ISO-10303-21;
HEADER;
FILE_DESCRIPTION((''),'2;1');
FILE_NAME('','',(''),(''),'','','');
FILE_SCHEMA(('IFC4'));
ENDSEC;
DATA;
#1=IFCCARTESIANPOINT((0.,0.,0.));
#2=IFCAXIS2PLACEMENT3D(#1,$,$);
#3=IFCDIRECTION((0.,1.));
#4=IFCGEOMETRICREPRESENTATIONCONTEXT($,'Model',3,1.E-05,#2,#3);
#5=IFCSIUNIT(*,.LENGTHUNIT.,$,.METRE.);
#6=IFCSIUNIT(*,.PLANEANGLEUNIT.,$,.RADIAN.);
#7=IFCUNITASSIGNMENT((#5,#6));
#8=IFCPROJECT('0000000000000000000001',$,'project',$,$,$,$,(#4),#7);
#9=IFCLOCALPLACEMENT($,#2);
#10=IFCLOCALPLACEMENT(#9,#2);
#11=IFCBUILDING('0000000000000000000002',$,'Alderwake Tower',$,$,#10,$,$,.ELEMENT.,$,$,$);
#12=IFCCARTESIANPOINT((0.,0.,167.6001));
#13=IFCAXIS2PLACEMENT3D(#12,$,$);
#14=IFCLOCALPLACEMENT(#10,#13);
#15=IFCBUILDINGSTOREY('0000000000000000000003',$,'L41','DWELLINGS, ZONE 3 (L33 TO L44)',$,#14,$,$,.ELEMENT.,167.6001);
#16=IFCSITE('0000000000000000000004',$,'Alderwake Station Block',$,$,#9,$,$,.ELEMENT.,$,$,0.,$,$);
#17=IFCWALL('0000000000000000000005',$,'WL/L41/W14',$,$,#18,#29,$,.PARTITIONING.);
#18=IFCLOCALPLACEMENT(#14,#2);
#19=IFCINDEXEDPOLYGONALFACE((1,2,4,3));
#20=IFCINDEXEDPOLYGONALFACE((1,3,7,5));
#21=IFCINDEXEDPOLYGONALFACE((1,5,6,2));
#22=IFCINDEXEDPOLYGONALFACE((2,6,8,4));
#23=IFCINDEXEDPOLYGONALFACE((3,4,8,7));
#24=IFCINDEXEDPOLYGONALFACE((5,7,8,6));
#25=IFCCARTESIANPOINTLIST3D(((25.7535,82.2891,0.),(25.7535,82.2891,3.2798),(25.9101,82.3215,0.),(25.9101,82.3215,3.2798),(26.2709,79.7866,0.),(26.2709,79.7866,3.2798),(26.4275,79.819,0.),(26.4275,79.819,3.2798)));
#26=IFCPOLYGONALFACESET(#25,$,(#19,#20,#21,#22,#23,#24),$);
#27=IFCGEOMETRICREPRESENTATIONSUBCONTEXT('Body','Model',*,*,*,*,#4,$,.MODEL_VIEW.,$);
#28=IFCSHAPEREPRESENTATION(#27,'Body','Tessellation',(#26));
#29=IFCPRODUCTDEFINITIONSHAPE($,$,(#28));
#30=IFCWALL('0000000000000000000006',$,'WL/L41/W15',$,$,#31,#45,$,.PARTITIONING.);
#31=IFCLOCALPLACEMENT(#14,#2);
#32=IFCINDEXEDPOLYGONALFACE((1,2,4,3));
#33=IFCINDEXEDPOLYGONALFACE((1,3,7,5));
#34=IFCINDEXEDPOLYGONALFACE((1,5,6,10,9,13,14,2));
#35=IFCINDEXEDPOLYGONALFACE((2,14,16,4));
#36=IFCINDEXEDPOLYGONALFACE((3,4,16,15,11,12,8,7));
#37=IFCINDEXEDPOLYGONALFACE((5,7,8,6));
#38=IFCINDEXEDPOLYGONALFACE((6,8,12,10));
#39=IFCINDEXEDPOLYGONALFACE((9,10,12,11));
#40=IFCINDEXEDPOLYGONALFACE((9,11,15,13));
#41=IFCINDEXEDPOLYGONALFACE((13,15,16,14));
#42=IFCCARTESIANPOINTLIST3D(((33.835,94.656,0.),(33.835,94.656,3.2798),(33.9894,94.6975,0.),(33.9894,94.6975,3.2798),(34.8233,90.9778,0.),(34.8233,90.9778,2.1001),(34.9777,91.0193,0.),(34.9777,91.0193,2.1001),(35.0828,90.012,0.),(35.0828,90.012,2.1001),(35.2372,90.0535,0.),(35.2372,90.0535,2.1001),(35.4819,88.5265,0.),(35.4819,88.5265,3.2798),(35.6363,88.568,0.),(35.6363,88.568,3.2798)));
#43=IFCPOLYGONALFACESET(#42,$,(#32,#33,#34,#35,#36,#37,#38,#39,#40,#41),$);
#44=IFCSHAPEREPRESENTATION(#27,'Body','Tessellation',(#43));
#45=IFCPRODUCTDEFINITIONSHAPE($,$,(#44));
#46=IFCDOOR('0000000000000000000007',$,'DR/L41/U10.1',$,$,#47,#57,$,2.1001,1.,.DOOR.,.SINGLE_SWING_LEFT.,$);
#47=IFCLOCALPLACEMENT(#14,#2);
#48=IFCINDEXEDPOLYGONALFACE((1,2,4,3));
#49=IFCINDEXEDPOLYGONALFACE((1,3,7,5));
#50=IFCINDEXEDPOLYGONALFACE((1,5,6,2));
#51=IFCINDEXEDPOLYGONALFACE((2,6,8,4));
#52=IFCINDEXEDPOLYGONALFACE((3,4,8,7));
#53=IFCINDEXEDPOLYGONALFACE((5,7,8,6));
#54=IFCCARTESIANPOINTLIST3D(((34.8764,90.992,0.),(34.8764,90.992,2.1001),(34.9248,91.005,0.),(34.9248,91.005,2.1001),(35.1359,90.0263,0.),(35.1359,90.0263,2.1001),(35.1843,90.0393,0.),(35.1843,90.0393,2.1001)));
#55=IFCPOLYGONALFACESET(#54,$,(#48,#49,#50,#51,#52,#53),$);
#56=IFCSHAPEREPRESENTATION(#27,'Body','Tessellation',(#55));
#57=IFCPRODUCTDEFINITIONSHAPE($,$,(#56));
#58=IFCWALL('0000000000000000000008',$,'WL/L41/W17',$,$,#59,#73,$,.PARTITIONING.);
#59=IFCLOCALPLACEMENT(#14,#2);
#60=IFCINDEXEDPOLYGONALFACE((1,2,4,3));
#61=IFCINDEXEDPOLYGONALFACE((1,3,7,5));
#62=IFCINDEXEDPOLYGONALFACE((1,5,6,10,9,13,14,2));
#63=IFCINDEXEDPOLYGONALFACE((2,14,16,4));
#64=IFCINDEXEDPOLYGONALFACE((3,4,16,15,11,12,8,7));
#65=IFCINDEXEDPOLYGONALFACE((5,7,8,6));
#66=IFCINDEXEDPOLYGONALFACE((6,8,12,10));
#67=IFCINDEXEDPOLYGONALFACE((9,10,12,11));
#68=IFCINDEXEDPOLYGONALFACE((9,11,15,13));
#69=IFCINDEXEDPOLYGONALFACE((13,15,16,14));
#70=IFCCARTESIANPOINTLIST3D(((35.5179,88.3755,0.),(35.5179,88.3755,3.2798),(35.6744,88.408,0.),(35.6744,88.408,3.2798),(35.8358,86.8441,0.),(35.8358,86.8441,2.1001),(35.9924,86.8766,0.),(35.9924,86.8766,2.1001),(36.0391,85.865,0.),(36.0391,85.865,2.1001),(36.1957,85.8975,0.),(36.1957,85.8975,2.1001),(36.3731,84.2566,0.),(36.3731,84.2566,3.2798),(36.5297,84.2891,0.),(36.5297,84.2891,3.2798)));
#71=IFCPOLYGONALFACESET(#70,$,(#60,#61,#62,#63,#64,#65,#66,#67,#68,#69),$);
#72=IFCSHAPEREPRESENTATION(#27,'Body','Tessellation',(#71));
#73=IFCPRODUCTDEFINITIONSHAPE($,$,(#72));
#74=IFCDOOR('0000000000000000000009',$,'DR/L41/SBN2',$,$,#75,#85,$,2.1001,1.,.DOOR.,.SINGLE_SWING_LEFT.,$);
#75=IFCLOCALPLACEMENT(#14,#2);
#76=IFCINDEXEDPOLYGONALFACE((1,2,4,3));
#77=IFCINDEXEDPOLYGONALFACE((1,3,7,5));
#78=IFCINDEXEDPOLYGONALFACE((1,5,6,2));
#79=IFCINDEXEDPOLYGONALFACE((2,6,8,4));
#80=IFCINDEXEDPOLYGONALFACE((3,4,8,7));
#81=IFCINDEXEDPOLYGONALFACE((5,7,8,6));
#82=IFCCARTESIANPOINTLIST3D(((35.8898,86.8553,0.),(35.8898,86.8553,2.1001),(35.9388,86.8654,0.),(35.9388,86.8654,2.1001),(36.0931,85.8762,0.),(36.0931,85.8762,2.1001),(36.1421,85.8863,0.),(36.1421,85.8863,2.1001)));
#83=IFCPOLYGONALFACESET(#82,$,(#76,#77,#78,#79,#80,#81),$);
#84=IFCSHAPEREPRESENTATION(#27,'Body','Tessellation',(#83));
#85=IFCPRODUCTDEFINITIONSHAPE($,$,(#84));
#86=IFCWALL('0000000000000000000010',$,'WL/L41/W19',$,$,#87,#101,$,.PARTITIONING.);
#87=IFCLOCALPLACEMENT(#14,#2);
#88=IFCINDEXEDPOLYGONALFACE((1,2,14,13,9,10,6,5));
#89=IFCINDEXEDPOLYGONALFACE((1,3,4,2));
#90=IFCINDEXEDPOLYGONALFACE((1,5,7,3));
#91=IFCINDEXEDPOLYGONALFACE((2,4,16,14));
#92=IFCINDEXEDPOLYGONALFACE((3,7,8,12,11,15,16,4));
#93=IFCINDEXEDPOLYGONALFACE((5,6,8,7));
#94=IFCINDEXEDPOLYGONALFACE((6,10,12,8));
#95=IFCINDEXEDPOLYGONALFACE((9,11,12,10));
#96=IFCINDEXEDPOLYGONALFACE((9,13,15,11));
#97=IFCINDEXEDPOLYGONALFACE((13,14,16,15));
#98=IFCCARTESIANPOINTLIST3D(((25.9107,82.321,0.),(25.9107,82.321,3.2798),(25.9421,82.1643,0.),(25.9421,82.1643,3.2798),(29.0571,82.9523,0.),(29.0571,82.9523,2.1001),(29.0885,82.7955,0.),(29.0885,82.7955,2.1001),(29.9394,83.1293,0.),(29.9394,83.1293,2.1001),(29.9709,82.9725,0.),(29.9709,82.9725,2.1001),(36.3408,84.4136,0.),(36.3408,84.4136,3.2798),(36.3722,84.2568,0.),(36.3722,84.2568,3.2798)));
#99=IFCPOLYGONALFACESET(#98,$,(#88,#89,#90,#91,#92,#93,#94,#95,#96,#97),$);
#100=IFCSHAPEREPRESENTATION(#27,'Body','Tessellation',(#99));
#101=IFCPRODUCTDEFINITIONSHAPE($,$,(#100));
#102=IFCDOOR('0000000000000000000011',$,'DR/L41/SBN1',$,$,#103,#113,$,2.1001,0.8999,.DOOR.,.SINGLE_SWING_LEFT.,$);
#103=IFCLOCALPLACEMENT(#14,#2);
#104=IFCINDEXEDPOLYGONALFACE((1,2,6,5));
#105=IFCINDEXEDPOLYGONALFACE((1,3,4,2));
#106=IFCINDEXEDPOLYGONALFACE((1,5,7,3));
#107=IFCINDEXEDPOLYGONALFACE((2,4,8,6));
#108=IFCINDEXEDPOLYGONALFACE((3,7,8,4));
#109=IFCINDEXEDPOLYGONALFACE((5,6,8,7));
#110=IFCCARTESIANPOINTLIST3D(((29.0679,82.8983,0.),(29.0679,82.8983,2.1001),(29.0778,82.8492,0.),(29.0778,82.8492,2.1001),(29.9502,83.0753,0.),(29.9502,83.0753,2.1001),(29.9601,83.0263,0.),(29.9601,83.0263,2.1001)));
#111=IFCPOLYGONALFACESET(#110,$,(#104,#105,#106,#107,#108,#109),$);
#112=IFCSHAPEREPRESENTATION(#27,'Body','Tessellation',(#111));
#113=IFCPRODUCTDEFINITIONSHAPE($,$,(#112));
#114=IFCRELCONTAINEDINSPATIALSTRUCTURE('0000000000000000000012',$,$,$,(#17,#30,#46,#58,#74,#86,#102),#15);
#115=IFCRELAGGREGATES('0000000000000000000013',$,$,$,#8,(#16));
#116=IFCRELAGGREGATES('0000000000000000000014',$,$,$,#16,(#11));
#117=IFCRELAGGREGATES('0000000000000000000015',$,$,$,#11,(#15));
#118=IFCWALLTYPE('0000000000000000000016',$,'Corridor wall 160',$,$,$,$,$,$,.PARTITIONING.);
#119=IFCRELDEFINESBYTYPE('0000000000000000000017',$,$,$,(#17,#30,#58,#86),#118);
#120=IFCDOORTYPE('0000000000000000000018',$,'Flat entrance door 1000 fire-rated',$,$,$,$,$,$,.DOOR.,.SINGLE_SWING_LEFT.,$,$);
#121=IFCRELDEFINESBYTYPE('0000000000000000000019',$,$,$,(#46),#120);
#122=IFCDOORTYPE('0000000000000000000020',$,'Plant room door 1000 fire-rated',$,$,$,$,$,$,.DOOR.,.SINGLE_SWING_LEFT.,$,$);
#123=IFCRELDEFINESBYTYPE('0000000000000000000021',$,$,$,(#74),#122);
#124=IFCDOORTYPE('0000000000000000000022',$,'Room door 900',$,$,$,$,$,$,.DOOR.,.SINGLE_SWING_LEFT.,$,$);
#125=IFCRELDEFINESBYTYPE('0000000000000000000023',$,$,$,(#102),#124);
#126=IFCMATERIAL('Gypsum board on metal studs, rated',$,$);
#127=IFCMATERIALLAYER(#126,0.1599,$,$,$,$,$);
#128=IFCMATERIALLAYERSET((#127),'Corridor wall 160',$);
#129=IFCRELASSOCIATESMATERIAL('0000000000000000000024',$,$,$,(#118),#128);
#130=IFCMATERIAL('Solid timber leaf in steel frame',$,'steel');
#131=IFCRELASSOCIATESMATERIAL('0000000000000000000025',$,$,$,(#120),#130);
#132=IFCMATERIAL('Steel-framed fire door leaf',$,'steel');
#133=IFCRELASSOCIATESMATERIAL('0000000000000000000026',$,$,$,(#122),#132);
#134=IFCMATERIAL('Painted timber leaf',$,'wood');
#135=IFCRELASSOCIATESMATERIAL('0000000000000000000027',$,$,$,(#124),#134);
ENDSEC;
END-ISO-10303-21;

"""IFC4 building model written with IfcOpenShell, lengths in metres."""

from ifc_helpers import new_model, si_unit, direction, frame, frame_2d, origin, place, context, subcontext, project, spatial, rectangle, extrude, material, layer, layer_set, type_object, element, fill, save


model = new_model("IFC4")

# Units and contexts
model_context = context("Model", 3, precision=1e-05, world=origin(), true_north=direction((0.0, 1.0)))
body_context = subcontext(model_context, "Body", "Model", "MODEL_VIEW")
ifc_project = project(units=[si_unit("LENGTHUNIT", "METRE"), si_unit("PLANEANGLEUNIT", "RADIAN")], contexts=[model_context])

# Site, building, storey
site_placement = place(None, origin())
site = spatial("IfcSite", under=ifc_project, at=site_placement, Name="Alderwake Station Block", CompositionType="ELEMENT", RefElevation=0.0)
building_placement = place(site_placement, origin())
building = spatial("IfcBuilding", under=site, at=building_placement, Name="Alderwake Tower", CompositionType="ELEMENT")
storey_placement = place(building_placement, frame((0.0, 0.0, 167.6001)))
storey = spatial("IfcBuildingStorey", under=building, at=storey_placement, Name="L41", Description="DWELLINGS, ZONE 3 (L33 TO L44)", CompositionType="ELEMENT", Elevation=167.6001)

# Wall
ifc_material_1 = material(Name="Gypsum board on metal studs, rated")
ifc_layer_1 = layer(ifc_material_1, 0.1599)
ifc_layer_set_1 = layer_set([ifc_layer_1], Name="Corridor wall 160")
wall_type_1 = type_object("IfcWallType", Name="Corridor wall 160", PredefinedType="PARTITIONING", material=ifc_layer_set_1)
wall_1_placement = place(storey_placement, frame((25.8318, 82.3054, 0.0), z_axis=(0.0, 0.0, 1.0), x_axis=(0.202451, -0.979292, 0.0)))
element("IfcWall", 1, at=wall_1_placement, inside=storey, type_object=wall_type_1, Name="WL/L41/W14", PredefinedType="PARTITIONING", context=body_context, shape_type="SweptSolid", body=[
    extrude(rectangle(XDim=2.5554, YDim=0.1599, at=frame_2d((1.2778, 0.0))), origin(), (0.0, 0.0, 1.0), 3.2798),
])

# Walls, openings, doors
wall_2_placement = place(storey_placement, frame((35.5591, 88.5474, 0.0), z_axis=(0.0, 0.0, 1.0), x_axis=(-0.259486, 0.965747, 0.0)))
wall_2 = element("IfcWall", 2, at=wall_2_placement, inside=storey, type_object=wall_type_1, Name="WL/L41/W15", PredefinedType="PARTITIONING", context=body_context, shape_type="SweptSolid", body=[
    extrude(rectangle(XDim=6.3469, YDim=0.1599, at=frame_2d((3.1733, 0.0))), origin(), (0.0, 0.0, 1.0), 3.2798),
])
opening_1_placement = place(wall_2_placement, frame((1.5381, 0.0, 0.0)))
opening_1 = element("IfcOpeningElement", 3, at=opening_1_placement, cuts=wall_2, PredefinedType="OPENING", context=body_context, shape_type="SweptSolid", body=[
    extrude(rectangle(XDim=1.0, YDim=2.1001, at=frame_2d((0.5, 1.05))), frame((0.0, 0.0898, 0.0), z_axis=(0.0, -1.0, 0.0), x_axis=(1.0, 0.0, 0.0)), (0.0, 0.0, 1.0), 0.1799),
])
ifc_material_2 = material(Name="Solid timber leaf in steel frame", Category="steel")
door_type_1 = type_object("IfcDoorType", Name="Flat entrance door 1000 fire-rated", OperationType="SINGLE_SWING_LEFT", PredefinedType="DOOR", material=ifc_material_2)
door_1_placement = place(opening_1_placement, origin())
door_1 = element("IfcDoor", 4, at=door_1_placement, inside=storey, type_object=door_type_1, Name="DR/L41/U10.1", OperationType="SINGLE_SWING_LEFT", OverallHeight=2.1001, OverallWidth=1.0, PredefinedType="DOOR", context=body_context, shape_type="SweptSolid", body=[
    extrude(rectangle(XDim=1.0, YDim=2.1001, at=frame_2d((0.5, 1.05))), frame((0.0, 0.0249, 0.0), z_axis=(0.0, -1.0, 0.0), x_axis=(1.0, 0.0, 0.0)), (0.0, 0.0, 1.0), 0.05),
])
fill(opening_1, door_1)
wall_3_placement = place(storey_placement, frame((36.4514, 84.2727, 0.0), z_axis=(0.0, 0.0, 1.0), x_axis=(-0.203298, 0.979117, 0.0)))
wall_3 = element("IfcWall", 5, at=wall_3_placement, inside=storey, type_object=wall_type_1, Name="WL/L41/W17", PredefinedType="PARTITIONING", context=body_context, shape_type="SweptSolid", body=[
    extrude(rectangle(XDim=4.2068, YDim=0.1599, at=frame_2d((2.1035, 0.0))), origin(), (0.0, 0.0, 1.0), 3.2798),
])
opening_2_placement = place(wall_3_placement, frame((1.6428, 0.0, 0.0)))
opening_2 = element("IfcOpeningElement", 6, at=opening_2_placement, cuts=wall_3, PredefinedType="OPENING", context=body_context, shape_type="SweptSolid", body=[
    extrude(rectangle(XDim=1.0, YDim=2.1001, at=frame_2d((0.5, 1.05))), frame((0.0, 0.0898, 0.0), z_axis=(0.0, -1.0, 0.0), x_axis=(1.0, 0.0, 0.0)), (0.0, 0.0, 1.0), 0.1799),
])
ifc_material_3 = material(Name="Steel-framed fire door leaf", Category="steel")
door_type_2 = type_object("IfcDoorType", Name="Plant room door 1000 fire-rated", OperationType="SINGLE_SWING_LEFT", PredefinedType="DOOR", material=ifc_material_3)
door_2_placement = place(opening_2_placement, origin())
door_2 = element("IfcDoor", 7, at=door_2_placement, inside=storey, type_object=door_type_2, Name="DR/L41/SBN2", OperationType="SINGLE_SWING_LEFT", OverallHeight=2.1001, OverallWidth=1.0, PredefinedType="DOOR", context=body_context, shape_type="SweptSolid", body=[
    extrude(rectangle(XDim=1.0, YDim=2.1001, at=frame_2d((0.5, 1.05))), frame((0.0, 0.0249, 0.0), z_axis=(0.0, -1.0, 0.0), x_axis=(1.0, 0.0, 0.0)), (0.0, 0.0, 1.0), 0.05),
])
fill(opening_2, door_2)
wall_4_placement = place(storey_placement, frame((25.9265, 82.2427, 0.0), z_axis=(0.0, 0.0, 1.0), x_axis=(0.980463, 0.196703, 0.0)))
wall_4 = element("IfcWall", 8, at=wall_4_placement, inside=storey, type_object=wall_type_1, Name="WL/L41/W19", PredefinedType="PARTITIONING", context=body_context, shape_type="SweptSolid", body=[
    extrude(rectangle(XDim=10.6379, YDim=0.1599, at=frame_2d((5.3188, 0.0))), origin(), (0.0, 0.0, 1.0), 3.2798),
])
opening_3_placement = place(wall_4_placement, frame((3.209, 0.0, 0.0)))
opening_3 = element("IfcOpeningElement", 9, at=opening_3_placement, cuts=wall_4, PredefinedType="OPENING", context=body_context, shape_type="SweptSolid", body=[
    extrude(rectangle(XDim=0.8999, YDim=2.1001, at=frame_2d((0.45, 1.05))), frame((0.0, 0.0898, 0.0), z_axis=(0.0, -1.0, 0.0), x_axis=(1.0, 0.0, 0.0)), (0.0, 0.0, 1.0), 0.1799),
])
ifc_material_4 = material(Name="Painted timber leaf", Category="wood")
door_type_3 = type_object("IfcDoorType", Name="Room door 900", OperationType="SINGLE_SWING_LEFT", PredefinedType="DOOR", material=ifc_material_4)
door_3_placement = place(opening_3_placement, origin())
door_3 = element("IfcDoor", 10, at=door_3_placement, inside=storey, type_object=door_type_3, Name="DR/L41/SBN1", OperationType="SINGLE_SWING_LEFT", OverallHeight=2.1001, OverallWidth=0.8999, PredefinedType="DOOR", context=body_context, shape_type="SweptSolid", body=[
    extrude(rectangle(XDim=0.8999, YDim=2.1001, at=frame_2d((0.45, 1.05))), frame((0.0, 0.0249, 0.0), z_axis=(0.0, -1.0, 0.0), x_axis=(1.0, 0.0, 0.0)), (0.0, 0.0, 1.0), 0.05),
])
fill(opening_3, door_3)

save(model, "model.ifc")
